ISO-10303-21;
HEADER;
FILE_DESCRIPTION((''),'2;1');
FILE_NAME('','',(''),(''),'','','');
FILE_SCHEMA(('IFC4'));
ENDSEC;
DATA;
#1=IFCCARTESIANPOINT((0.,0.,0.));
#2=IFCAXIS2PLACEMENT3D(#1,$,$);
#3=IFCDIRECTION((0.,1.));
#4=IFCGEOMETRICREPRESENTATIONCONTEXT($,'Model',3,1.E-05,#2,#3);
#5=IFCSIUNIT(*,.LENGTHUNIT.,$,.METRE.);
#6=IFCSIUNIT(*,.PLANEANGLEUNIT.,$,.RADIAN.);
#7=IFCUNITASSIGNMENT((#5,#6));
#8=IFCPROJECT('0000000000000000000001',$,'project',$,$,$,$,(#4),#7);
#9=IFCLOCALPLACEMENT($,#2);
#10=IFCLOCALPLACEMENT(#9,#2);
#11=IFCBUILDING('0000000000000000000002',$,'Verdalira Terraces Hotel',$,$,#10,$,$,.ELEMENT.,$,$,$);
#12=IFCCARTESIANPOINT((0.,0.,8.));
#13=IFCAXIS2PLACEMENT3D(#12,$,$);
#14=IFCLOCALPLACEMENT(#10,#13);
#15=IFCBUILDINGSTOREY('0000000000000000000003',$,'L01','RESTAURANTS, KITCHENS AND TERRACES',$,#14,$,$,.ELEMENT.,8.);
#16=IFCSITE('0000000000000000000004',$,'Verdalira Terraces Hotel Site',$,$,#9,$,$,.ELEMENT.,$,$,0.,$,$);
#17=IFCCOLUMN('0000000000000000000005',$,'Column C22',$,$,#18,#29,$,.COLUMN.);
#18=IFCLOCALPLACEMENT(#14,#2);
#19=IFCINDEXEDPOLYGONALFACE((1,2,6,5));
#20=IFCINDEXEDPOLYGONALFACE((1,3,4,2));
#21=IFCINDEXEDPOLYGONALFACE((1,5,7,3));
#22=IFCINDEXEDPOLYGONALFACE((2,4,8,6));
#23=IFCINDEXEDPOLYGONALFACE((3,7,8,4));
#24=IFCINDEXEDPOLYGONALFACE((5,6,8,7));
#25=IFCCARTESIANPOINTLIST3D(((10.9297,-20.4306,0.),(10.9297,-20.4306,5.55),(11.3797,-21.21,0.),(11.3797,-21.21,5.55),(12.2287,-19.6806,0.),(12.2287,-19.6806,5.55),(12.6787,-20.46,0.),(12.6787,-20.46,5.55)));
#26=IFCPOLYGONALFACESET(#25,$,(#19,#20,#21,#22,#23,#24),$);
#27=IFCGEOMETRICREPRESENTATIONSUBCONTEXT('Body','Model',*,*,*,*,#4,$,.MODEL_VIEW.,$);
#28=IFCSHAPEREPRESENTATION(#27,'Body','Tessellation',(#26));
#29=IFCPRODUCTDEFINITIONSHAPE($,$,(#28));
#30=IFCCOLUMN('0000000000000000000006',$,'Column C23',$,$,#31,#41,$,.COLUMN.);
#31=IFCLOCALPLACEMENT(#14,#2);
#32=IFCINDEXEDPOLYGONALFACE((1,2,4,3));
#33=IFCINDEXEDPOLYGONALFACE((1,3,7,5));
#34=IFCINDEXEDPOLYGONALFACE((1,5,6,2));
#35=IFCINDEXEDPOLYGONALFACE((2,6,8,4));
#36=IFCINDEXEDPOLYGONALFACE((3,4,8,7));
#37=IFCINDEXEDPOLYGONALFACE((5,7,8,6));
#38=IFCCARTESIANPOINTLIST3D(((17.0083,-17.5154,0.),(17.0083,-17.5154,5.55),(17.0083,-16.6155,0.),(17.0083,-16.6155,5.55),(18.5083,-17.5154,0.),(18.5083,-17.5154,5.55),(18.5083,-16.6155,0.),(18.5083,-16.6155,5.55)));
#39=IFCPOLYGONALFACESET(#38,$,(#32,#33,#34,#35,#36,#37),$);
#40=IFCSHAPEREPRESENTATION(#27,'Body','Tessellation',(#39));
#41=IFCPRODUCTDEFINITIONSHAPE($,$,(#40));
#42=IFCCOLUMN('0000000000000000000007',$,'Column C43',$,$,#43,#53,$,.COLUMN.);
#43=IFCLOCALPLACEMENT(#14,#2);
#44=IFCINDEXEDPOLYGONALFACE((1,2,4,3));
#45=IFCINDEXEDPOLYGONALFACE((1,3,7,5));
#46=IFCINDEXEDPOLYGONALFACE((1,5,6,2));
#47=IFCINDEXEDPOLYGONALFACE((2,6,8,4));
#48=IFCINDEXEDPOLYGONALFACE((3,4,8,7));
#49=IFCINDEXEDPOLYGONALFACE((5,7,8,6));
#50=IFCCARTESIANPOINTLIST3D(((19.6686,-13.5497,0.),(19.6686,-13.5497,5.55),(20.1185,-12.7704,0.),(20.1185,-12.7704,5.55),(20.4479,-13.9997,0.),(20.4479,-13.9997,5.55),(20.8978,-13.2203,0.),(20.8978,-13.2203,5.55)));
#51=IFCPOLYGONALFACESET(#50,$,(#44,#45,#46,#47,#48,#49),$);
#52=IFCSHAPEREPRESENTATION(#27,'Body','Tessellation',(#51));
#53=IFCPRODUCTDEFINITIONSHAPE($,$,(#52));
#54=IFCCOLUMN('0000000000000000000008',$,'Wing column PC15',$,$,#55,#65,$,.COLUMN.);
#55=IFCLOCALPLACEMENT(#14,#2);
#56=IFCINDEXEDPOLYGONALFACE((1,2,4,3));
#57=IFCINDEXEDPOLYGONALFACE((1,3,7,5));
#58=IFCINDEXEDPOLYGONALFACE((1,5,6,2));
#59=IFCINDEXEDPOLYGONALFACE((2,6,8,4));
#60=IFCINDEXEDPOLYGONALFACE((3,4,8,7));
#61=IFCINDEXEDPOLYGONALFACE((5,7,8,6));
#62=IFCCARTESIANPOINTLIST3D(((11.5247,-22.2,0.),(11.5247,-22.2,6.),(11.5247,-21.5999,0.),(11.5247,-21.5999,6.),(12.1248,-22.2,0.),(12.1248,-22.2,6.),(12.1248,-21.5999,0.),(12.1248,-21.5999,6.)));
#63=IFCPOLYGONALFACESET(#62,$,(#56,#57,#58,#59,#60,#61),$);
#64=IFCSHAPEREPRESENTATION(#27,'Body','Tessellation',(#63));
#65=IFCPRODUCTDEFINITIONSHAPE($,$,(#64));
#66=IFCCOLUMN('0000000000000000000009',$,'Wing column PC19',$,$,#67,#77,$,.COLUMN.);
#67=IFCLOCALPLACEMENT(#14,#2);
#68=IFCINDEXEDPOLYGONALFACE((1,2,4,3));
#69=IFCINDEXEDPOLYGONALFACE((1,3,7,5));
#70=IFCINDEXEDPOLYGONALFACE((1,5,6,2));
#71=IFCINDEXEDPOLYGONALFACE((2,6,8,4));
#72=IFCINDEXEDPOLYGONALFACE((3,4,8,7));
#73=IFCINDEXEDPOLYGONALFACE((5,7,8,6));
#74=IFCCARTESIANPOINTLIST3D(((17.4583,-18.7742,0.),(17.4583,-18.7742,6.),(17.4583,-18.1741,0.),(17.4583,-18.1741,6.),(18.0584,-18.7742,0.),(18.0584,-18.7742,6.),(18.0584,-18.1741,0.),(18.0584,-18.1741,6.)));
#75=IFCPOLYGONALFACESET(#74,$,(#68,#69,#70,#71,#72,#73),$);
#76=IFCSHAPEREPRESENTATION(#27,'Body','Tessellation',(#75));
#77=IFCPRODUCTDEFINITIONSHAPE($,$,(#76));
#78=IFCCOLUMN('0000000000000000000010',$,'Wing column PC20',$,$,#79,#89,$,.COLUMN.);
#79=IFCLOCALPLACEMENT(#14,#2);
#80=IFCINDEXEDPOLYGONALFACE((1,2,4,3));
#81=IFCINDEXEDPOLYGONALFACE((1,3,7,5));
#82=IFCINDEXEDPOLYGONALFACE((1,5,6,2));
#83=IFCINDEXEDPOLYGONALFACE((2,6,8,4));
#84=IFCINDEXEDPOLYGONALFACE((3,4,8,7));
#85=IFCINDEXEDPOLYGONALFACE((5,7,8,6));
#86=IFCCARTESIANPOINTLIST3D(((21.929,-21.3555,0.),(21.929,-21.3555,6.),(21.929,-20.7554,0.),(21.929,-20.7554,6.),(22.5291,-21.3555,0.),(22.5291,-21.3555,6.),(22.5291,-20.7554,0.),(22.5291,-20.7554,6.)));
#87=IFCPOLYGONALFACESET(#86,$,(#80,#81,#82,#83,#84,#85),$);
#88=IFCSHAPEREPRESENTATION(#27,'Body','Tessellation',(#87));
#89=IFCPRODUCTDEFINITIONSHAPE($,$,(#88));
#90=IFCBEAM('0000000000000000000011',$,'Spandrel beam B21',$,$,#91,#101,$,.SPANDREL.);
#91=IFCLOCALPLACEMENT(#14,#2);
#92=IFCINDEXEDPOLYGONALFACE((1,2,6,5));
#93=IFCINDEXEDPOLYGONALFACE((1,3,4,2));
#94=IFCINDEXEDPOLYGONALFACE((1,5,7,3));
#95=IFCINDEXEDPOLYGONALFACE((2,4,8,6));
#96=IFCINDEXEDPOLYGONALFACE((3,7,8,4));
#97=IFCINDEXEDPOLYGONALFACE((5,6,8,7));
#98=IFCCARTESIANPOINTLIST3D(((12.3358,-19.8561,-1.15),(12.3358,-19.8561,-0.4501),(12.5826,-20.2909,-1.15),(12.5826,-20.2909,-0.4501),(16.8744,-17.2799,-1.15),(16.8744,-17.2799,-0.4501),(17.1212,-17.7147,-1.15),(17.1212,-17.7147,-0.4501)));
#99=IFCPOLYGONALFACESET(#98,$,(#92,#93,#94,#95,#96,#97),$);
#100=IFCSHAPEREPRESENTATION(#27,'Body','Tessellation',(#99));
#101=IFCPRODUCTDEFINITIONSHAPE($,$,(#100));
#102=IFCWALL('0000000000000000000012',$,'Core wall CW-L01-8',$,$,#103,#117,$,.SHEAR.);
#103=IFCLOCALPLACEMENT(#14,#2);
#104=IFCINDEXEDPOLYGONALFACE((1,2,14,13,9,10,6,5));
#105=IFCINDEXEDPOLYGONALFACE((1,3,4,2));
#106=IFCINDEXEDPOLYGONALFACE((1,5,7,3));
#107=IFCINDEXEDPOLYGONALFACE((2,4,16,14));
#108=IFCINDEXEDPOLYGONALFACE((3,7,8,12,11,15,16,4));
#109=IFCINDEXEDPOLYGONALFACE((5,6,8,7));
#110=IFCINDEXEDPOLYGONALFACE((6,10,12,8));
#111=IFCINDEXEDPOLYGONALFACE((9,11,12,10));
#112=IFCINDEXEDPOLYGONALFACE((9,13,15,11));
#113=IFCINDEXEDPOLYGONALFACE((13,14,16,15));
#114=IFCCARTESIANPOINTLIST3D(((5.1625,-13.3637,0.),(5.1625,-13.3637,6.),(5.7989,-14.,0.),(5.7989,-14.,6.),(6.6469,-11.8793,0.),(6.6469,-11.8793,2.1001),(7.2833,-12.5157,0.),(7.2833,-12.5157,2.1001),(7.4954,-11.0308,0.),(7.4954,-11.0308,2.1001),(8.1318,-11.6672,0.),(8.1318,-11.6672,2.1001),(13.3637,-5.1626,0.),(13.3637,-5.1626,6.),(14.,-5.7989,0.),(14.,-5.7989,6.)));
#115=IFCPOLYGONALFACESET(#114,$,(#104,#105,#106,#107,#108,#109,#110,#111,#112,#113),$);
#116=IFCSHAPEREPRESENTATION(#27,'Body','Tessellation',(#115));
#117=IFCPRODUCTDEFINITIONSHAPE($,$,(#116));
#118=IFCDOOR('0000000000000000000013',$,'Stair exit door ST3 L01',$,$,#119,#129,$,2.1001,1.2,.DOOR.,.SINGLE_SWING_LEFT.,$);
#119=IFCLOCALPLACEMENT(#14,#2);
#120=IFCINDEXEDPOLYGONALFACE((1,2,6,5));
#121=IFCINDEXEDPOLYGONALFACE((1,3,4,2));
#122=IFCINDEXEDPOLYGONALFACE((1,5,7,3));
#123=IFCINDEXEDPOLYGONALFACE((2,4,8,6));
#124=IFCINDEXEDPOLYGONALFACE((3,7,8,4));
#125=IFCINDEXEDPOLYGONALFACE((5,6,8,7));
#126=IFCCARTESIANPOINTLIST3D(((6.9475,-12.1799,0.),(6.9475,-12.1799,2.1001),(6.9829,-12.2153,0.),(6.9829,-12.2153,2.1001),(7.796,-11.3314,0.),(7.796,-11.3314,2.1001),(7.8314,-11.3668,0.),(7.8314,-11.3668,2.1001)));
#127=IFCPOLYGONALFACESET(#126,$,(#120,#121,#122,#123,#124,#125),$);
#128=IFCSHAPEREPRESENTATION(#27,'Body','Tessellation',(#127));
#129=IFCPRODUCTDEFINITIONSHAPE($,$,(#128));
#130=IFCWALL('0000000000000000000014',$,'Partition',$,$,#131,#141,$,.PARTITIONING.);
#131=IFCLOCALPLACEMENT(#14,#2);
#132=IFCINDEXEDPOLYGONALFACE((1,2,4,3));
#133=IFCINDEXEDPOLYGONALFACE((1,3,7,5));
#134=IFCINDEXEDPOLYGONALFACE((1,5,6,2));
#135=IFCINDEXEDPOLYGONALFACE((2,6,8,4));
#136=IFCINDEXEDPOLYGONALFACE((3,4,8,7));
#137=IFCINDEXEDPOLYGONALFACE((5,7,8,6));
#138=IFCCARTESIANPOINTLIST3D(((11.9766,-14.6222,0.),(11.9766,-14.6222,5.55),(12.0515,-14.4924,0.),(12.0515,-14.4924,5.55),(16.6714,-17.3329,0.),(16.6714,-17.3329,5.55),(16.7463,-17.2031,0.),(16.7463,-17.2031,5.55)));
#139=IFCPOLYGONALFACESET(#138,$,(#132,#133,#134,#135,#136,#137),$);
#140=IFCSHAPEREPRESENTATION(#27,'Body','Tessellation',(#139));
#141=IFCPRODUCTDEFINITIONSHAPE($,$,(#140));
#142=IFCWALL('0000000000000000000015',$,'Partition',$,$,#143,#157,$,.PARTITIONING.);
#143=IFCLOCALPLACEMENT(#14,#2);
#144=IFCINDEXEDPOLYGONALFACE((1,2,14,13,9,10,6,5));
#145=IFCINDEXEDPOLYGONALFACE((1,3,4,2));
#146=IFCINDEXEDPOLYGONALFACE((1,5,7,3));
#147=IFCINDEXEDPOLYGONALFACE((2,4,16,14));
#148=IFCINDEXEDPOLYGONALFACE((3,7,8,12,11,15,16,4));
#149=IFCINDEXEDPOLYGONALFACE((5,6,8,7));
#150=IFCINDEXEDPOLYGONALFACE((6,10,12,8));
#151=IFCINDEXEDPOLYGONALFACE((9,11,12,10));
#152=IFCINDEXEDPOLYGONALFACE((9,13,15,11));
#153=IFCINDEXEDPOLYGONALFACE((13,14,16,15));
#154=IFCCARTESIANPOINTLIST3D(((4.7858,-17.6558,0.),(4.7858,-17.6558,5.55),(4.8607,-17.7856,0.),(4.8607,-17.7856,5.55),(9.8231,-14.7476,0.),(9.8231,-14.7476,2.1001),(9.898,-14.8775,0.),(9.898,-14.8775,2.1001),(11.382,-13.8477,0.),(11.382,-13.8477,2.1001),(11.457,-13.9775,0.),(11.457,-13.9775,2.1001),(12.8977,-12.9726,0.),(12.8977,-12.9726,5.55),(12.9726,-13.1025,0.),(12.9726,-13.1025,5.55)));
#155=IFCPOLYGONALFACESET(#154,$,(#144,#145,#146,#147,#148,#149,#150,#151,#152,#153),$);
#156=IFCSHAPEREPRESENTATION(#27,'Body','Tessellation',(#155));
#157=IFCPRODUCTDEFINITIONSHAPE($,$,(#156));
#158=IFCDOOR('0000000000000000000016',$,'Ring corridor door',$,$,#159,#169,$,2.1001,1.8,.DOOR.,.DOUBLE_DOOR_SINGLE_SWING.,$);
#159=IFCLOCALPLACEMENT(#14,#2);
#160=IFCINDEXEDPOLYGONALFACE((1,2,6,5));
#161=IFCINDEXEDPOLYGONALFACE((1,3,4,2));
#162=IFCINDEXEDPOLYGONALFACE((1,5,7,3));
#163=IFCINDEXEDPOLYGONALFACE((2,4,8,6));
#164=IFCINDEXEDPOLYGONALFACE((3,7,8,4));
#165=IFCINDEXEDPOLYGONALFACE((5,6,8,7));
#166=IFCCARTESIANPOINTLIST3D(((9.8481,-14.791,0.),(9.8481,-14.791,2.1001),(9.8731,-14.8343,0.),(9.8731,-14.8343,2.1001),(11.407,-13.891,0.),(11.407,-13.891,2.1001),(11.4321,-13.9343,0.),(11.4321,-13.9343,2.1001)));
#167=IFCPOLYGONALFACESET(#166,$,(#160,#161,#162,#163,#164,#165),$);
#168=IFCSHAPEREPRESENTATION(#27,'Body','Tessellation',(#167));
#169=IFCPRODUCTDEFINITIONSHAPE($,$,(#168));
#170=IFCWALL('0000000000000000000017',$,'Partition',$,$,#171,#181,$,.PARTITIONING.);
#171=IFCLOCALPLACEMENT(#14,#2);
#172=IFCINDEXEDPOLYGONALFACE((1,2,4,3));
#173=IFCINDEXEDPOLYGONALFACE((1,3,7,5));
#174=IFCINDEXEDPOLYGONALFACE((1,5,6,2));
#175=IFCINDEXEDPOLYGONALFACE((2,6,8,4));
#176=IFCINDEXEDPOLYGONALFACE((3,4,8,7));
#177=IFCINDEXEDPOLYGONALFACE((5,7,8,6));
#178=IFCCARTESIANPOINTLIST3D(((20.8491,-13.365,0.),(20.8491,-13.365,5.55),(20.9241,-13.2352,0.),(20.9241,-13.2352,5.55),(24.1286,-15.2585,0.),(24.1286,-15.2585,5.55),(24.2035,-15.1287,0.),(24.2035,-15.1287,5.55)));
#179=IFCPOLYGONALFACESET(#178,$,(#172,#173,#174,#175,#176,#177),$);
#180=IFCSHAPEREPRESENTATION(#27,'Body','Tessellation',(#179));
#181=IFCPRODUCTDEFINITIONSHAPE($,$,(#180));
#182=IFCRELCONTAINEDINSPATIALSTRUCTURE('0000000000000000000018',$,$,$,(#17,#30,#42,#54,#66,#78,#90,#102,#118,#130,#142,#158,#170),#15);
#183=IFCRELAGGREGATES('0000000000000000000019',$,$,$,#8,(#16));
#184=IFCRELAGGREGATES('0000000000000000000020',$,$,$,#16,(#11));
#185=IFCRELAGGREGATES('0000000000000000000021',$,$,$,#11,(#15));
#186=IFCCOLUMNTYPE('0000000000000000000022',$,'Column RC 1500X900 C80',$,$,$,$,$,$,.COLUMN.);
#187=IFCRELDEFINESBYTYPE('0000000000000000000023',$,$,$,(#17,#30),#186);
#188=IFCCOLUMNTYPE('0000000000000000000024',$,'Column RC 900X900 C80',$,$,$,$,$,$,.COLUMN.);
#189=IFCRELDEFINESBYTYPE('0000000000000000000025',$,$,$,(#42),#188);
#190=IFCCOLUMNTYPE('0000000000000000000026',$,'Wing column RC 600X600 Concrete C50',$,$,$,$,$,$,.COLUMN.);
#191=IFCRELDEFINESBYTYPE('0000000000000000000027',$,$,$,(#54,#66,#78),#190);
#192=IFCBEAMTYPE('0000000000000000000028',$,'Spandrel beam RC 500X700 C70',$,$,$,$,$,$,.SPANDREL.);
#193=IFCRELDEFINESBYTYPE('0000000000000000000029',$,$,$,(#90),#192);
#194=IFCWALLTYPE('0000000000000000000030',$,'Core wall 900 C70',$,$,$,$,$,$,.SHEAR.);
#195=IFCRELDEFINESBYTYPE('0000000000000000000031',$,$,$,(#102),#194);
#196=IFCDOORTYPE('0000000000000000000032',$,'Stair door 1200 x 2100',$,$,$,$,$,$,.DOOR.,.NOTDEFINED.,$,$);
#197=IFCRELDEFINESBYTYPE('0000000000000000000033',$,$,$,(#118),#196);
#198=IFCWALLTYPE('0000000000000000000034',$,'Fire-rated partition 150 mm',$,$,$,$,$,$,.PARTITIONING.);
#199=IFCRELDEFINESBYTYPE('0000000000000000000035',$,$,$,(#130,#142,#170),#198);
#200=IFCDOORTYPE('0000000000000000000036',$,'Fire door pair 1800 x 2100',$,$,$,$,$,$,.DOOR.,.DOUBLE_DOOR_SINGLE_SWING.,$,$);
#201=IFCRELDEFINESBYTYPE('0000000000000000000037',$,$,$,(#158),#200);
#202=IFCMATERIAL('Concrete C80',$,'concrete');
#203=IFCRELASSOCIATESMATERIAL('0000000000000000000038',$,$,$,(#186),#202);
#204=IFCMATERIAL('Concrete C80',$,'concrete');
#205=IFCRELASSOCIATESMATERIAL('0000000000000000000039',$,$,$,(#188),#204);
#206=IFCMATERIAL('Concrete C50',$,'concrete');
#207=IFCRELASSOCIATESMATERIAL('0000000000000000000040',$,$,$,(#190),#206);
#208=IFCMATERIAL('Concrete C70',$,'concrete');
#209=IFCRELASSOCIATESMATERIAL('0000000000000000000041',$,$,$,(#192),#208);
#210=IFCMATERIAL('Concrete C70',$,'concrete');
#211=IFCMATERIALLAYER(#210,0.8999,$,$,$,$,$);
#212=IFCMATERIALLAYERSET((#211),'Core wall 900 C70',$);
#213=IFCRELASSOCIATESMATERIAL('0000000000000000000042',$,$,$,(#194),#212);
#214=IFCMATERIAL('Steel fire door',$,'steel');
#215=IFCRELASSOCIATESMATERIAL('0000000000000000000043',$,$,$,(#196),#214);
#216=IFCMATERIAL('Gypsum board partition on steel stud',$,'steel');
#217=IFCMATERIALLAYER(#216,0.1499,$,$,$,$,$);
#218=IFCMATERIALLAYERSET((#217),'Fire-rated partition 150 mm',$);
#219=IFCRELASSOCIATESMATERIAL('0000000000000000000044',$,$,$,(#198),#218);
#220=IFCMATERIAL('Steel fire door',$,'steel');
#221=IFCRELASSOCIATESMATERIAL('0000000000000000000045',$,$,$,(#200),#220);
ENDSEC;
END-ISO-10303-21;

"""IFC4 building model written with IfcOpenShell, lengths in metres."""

from ifc_helpers import new_model, si_unit, direction, frame, frame_2d, origin, origin_2d, place, context, subcontext, project, spatial, rectangle, extrude, material, layer, layer_set, material_profile, profile_set, type_object, element, fill, save


model = new_model("IFC4")

# Units and contexts
model_context = context("Model", 3, precision=1e-05, world=origin(), true_north=direction((0.0, 1.0)))
body_context = subcontext(model_context, "Body", "Model", "MODEL_VIEW")
ifc_project = project(units=[si_unit("LENGTHUNIT", "METRE"), si_unit("PLANEANGLEUNIT", "RADIAN")], contexts=[model_context])

# Site, building, storey
site_placement = place(None, origin())
site = spatial("IfcSite", under=ifc_project, at=site_placement, Name="Verdalira Terraces Hotel Site", CompositionType="ELEMENT", RefElevation=0.0)
building_placement = place(site_placement, origin())
building = spatial("IfcBuilding", under=site, at=building_placement, Name="Verdalira Terraces Hotel", CompositionType="ELEMENT")
storey_placement = place(building_placement, frame((0.0, 0.0, 8.0)))
storey = spatial("IfcBuildingStorey", under=building, at=storey_placement, Name="L01", Description="RESTAURANTS, KITCHENS AND TERRACES", CompositionType="ELEMENT", Elevation=8.0)

# Columns
ifc_material_1 = material(Name="Concrete C80", Category="concrete")
ifc_material_profile_1 = material_profile(ifc_material_1, rectangle(XDim=1.5, YDim=0.8999, at=origin_2d()), Name="RC 1500X900")
ifc_profile_set_1 = profile_set([ifc_material_profile_1], Name="Concrete C80")
column_type_1 = type_object("IfcColumnType", Name="Column RC 1500X900 C80", PredefinedType="COLUMN", material=ifc_profile_set_1)
for number, where, z_axis, x_axis, name in (
    (1, (11.8042, -20.4453, 0.0), (0.0, 0.0, 1.0), (0.866025, 0.5, 0.0), "Column C22"),
    (2, (17.7583, -17.0654, 0.0), (0.0, 0.0, 1.0), (-1.0, 0.0, 0.0), "Column C23"),
):
    element("IfcColumn", number, at=place(storey_placement, frame(where, z_axis=z_axis, x_axis=x_axis)), inside=storey, type_object=column_type_1, Name=name, PredefinedType="COLUMN", context=body_context, shape_type="SweptSolid", body=[
        extrude(rectangle(XDim=1.5, YDim=0.8999, at=origin_2d()), origin(), (0.0, 0.0, 1.0), 5.55),
    ])
ifc_material_2 = material(Name="Concrete C80", Category="concrete")
ifc_material_profile_2 = material_profile(ifc_material_2, rectangle(XDim=0.8999, YDim=0.8999, at=origin_2d()), Name="RC 900X900")
ifc_profile_set_2 = profile_set([ifc_material_profile_2], Name="Concrete C80")
column_type_2 = type_object("IfcColumnType", Name="Column RC 900X900 C80", PredefinedType="COLUMN", material=ifc_profile_set_2)
column_placement = place(storey_placement, frame((20.2832, -13.385, 0.0), z_axis=(0.0, 0.0, 1.0), x_axis=(0.866025, -0.5, 0.0)))
element("IfcColumn", 3, at=column_placement, inside=storey, type_object=column_type_2, Name="Column C43", PredefinedType="COLUMN", context=body_context, shape_type="SweptSolid", body=[
    extrude(rectangle(XDim=0.8999, YDim=0.8999, at=origin_2d()), origin(), (0.0, 0.0, 1.0), 5.55),
])
ifc_material_3 = material(Name="Concrete C50", Category="concrete")
ifc_material_profile_3 = material_profile(ifc_material_3, rectangle(XDim=0.6001, YDim=0.6001, at=origin_2d()), Name="RC 600X600")
ifc_profile_set_3 = profile_set([ifc_material_profile_3], Name="Concrete C50")
column_type_3 = type_object("IfcColumnType", Name="Wing column RC 600X600 Concrete C50", PredefinedType="COLUMN", material=ifc_profile_set_3)
for number, where, z_axis, x_axis, name in (
    (4, (11.8247, -21.8999, 0.0), (0.0, 0.0, 1.0), (0.0, -1.0, 0.0), "Wing column PC15"),
    (5, (17.7583, -18.4741, 0.0), (0.0, 0.0, 1.0), (0.0, -1.0, 0.0), "Wing column PC19"),
    (6, (22.229, -21.0554, 0.0), (0.0, 0.0, 1.0), (0.0, -1.0, 0.0), "Wing column PC20"),
):
    element("IfcColumn", number, at=place(storey_placement, frame(where, z_axis=z_axis, x_axis=x_axis)), inside=storey, type_object=column_type_3, Name=name, PredefinedType="COLUMN", context=body_context, shape_type="SweptSolid", body=[
        extrude(rectangle(XDim=0.6001, YDim=0.6001, at=origin_2d()), origin(), (0.0, 0.0, 1.0), 6.0),
    ])

# Beam
ifc_material_4 = material(Name="Concrete C70", Category="concrete")
ifc_material_profile_4 = material_profile(ifc_material_4, rectangle(XDim=0.5, YDim=0.7, at=origin_2d()), Name="RC 500X700")
ifc_profile_set_4 = profile_set([ifc_material_profile_4], Name="Concrete C70")
beam_type = type_object("IfcBeamType", Name="Spandrel beam RC 500X700 C70", PredefinedType="SPANDREL", material=ifc_profile_set_4)
beam_placement = place(storey_placement, frame((12.4592, -20.0735, -0.8), z_axis=(0.869667, 0.493638, 0.0), x_axis=(-0.493638, 0.869667, 0.0)))
element("IfcBeam", 7, at=beam_placement, inside=storey, type_object=beam_type, Name="Spandrel beam B21", PredefinedType="SPANDREL", context=body_context, shape_type="SweptSolid", body=[
    extrude(rectangle(XDim=0.5, YDim=0.7, at=origin_2d()), origin(), (0.0, 0.0, 1.0), 5.2188),
])

# Wall, opening, door
ifc_material_5 = material(Name="Concrete C70", Category="concrete")
ifc_layer_1 = layer(ifc_material_5, 0.8999)
ifc_layer_set_1 = layer_set([ifc_layer_1], Name="Core wall 900 C70")
wall_type_1 = type_object("IfcWallType", Name="Core wall 900 C70", PredefinedType="SHEAR", material=ifc_layer_set_1)
wall_1_placement = place(storey_placement, frame((5.4807, -13.6819, 0.0), z_axis=(0.0, 0.0, 1.0), x_axis=(0.707107, 0.707107, 0.0)))
wall_1 = element("IfcWall", 8, at=wall_1_placement, inside=storey, type_object=wall_type_1, Name="Core wall CW-L01-8", PredefinedType="SHEAR", context=body_context, shape_type="SweptSolid", body=[
    extrude(rectangle(XDim=11.5981, YDim=0.8999, at=frame_2d((5.7991, 0.0))), origin(), (0.0, 0.0, 1.0), 6.0),
])
opening_1_placement = place(wall_1_placement, frame((2.0991, 0.0, 0.0)))
opening_1 = element("IfcOpeningElement", 9, at=opening_1_placement, cuts=wall_1, PredefinedType="OPENING", context=body_context, shape_type="SweptSolid", body=[
    extrude(rectangle(XDim=1.2, YDim=2.1001, at=frame_2d((0.6001, 1.05))), frame((0.0, 0.46, 0.0), z_axis=(0.0, -1.0, 0.0), x_axis=(1.0, 0.0, 0.0)), (0.0, 0.0, 1.0), 0.9199),
])
ifc_material_6 = material(Name="Steel fire door", Category="steel")
door_type_1 = type_object("IfcDoorType", Name="Stair door 1200 x 2100", OperationType="NOTDEFINED", PredefinedType="DOOR", material=ifc_material_6)
door_1_placement = place(opening_1_placement, origin())
door_1 = element("IfcDoor", 10, at=door_1_placement, inside=storey, type_object=door_type_1, Name="Stair exit door ST3 L01", OperationType="SINGLE_SWING_LEFT", OverallHeight=2.1001, OverallWidth=1.2, PredefinedType="DOOR", context=body_context, shape_type="SweptSolid", body=[
    extrude(rectangle(XDim=1.2, YDim=2.1001, at=frame_2d((0.6001, 1.05))), frame((0.0, 0.0249, 0.0), z_axis=(0.0, -1.0, 0.0), x_axis=(1.0, 0.0, 0.0)), (0.0, 0.0, 1.0), 0.05),
])
fill(opening_1, door_1)

# Wall
ifc_material_7 = material(Name="Gypsum board partition on steel stud", Category="steel")
ifc_layer_2 = layer(ifc_material_7, 0.1499)
ifc_layer_set_2 = layer_set([ifc_layer_2], Name="Fire-rated partition 150 mm")
wall_type_2 = type_object("IfcWallType", Name="Fire-rated partition 150 mm", PredefinedType="PARTITIONING", material=ifc_layer_set_2)
wall_2_placement = place(storey_placement, frame((12.0142, -14.5574, 0.0), z_axis=(0.0, 0.0, 1.0), x_axis=(0.866015, -0.500019, 0.0)))
element("IfcWall", 11, at=wall_2_placement, inside=storey, type_object=wall_type_2, Name="Partition", PredefinedType="PARTITIONING", context=body_context, shape_type="SweptSolid", body=[
    extrude(rectangle(XDim=5.4211, YDim=0.1499, at=frame_2d((2.7104, 0.0))), origin(), (0.0, 0.0, 1.0), 5.55),
])

# Wall, opening, door
wall_3_placement = place(storey_placement, frame((4.8232, -17.7207, 0.0), z_axis=(0.0, 0.0, 1.0), x_axis=(0.866037, 0.49998, 0.0)))
wall_3 = element("IfcWall", 12, at=wall_3_placement, inside=storey, type_object=wall_type_2, Name="Partition", PredefinedType="PARTITIONING", context=body_context, shape_type="SweptSolid", body=[
    extrude(rectangle(XDim=9.3667, YDim=0.1499, at=frame_2d((4.6833, 0.0))), origin(), (0.0, 0.0, 1.0), 5.55),
])
opening_2_placement = place(wall_3_placement, frame((5.8167, 0.0, 0.0)))
opening_2 = element("IfcOpeningElement", 13, at=opening_2_placement, cuts=wall_3, PredefinedType="OPENING", context=body_context, shape_type="SweptSolid", body=[
    extrude(rectangle(XDim=1.8, YDim=2.1001, at=frame_2d((0.8999, 1.05))), frame((0.0, 0.085, 0.0), z_axis=(0.0, -1.0, 0.0), x_axis=(1.0, 0.0, 0.0)), (0.0, 0.0, 1.0), 0.1699),
])
ifc_material_8 = material(Name="Steel fire door", Category="steel")
door_type_2 = type_object("IfcDoorType", Name="Fire door pair 1800 x 2100", OperationType="DOUBLE_DOOR_SINGLE_SWING", PredefinedType="DOOR", material=ifc_material_8)
door_2_placement = place(opening_2_placement, origin())
door_2 = element("IfcDoor", 14, at=door_2_placement, inside=storey, type_object=door_type_2, Name="Ring corridor door", OperationType="DOUBLE_DOOR_SINGLE_SWING", OverallHeight=2.1001, OverallWidth=1.8, PredefinedType="DOOR", context=body_context, shape_type="SweptSolid", body=[
    extrude(rectangle(XDim=1.8, YDim=2.1001, at=frame_2d((0.8999, 1.05))), frame((0.0, 0.0249, 0.0), z_axis=(0.0, -1.0, 0.0), x_axis=(1.0, 0.0, 0.0)), (0.0, 0.0, 1.0), 0.05),
])
fill(opening_2, door_2)

# Wall
wall_4_placement = place(storey_placement, frame((20.8865, -13.3, 0.0), z_axis=(0.0, 0.0, 1.0), x_axis=(0.866013, -0.500022, 0.0)))
element("IfcWall", 15, at=wall_4_placement, inside=storey, type_object=wall_type_2, Name="Partition", PredefinedType="PARTITIONING", context=body_context, shape_type="SweptSolid", body=[
    extrude(rectangle(XDim=3.7869, YDim=0.1499, at=frame_2d((1.8936, 0.0))), origin(), (0.0, 0.0, 1.0), 5.55),
])

save(model, "model.ifc")
